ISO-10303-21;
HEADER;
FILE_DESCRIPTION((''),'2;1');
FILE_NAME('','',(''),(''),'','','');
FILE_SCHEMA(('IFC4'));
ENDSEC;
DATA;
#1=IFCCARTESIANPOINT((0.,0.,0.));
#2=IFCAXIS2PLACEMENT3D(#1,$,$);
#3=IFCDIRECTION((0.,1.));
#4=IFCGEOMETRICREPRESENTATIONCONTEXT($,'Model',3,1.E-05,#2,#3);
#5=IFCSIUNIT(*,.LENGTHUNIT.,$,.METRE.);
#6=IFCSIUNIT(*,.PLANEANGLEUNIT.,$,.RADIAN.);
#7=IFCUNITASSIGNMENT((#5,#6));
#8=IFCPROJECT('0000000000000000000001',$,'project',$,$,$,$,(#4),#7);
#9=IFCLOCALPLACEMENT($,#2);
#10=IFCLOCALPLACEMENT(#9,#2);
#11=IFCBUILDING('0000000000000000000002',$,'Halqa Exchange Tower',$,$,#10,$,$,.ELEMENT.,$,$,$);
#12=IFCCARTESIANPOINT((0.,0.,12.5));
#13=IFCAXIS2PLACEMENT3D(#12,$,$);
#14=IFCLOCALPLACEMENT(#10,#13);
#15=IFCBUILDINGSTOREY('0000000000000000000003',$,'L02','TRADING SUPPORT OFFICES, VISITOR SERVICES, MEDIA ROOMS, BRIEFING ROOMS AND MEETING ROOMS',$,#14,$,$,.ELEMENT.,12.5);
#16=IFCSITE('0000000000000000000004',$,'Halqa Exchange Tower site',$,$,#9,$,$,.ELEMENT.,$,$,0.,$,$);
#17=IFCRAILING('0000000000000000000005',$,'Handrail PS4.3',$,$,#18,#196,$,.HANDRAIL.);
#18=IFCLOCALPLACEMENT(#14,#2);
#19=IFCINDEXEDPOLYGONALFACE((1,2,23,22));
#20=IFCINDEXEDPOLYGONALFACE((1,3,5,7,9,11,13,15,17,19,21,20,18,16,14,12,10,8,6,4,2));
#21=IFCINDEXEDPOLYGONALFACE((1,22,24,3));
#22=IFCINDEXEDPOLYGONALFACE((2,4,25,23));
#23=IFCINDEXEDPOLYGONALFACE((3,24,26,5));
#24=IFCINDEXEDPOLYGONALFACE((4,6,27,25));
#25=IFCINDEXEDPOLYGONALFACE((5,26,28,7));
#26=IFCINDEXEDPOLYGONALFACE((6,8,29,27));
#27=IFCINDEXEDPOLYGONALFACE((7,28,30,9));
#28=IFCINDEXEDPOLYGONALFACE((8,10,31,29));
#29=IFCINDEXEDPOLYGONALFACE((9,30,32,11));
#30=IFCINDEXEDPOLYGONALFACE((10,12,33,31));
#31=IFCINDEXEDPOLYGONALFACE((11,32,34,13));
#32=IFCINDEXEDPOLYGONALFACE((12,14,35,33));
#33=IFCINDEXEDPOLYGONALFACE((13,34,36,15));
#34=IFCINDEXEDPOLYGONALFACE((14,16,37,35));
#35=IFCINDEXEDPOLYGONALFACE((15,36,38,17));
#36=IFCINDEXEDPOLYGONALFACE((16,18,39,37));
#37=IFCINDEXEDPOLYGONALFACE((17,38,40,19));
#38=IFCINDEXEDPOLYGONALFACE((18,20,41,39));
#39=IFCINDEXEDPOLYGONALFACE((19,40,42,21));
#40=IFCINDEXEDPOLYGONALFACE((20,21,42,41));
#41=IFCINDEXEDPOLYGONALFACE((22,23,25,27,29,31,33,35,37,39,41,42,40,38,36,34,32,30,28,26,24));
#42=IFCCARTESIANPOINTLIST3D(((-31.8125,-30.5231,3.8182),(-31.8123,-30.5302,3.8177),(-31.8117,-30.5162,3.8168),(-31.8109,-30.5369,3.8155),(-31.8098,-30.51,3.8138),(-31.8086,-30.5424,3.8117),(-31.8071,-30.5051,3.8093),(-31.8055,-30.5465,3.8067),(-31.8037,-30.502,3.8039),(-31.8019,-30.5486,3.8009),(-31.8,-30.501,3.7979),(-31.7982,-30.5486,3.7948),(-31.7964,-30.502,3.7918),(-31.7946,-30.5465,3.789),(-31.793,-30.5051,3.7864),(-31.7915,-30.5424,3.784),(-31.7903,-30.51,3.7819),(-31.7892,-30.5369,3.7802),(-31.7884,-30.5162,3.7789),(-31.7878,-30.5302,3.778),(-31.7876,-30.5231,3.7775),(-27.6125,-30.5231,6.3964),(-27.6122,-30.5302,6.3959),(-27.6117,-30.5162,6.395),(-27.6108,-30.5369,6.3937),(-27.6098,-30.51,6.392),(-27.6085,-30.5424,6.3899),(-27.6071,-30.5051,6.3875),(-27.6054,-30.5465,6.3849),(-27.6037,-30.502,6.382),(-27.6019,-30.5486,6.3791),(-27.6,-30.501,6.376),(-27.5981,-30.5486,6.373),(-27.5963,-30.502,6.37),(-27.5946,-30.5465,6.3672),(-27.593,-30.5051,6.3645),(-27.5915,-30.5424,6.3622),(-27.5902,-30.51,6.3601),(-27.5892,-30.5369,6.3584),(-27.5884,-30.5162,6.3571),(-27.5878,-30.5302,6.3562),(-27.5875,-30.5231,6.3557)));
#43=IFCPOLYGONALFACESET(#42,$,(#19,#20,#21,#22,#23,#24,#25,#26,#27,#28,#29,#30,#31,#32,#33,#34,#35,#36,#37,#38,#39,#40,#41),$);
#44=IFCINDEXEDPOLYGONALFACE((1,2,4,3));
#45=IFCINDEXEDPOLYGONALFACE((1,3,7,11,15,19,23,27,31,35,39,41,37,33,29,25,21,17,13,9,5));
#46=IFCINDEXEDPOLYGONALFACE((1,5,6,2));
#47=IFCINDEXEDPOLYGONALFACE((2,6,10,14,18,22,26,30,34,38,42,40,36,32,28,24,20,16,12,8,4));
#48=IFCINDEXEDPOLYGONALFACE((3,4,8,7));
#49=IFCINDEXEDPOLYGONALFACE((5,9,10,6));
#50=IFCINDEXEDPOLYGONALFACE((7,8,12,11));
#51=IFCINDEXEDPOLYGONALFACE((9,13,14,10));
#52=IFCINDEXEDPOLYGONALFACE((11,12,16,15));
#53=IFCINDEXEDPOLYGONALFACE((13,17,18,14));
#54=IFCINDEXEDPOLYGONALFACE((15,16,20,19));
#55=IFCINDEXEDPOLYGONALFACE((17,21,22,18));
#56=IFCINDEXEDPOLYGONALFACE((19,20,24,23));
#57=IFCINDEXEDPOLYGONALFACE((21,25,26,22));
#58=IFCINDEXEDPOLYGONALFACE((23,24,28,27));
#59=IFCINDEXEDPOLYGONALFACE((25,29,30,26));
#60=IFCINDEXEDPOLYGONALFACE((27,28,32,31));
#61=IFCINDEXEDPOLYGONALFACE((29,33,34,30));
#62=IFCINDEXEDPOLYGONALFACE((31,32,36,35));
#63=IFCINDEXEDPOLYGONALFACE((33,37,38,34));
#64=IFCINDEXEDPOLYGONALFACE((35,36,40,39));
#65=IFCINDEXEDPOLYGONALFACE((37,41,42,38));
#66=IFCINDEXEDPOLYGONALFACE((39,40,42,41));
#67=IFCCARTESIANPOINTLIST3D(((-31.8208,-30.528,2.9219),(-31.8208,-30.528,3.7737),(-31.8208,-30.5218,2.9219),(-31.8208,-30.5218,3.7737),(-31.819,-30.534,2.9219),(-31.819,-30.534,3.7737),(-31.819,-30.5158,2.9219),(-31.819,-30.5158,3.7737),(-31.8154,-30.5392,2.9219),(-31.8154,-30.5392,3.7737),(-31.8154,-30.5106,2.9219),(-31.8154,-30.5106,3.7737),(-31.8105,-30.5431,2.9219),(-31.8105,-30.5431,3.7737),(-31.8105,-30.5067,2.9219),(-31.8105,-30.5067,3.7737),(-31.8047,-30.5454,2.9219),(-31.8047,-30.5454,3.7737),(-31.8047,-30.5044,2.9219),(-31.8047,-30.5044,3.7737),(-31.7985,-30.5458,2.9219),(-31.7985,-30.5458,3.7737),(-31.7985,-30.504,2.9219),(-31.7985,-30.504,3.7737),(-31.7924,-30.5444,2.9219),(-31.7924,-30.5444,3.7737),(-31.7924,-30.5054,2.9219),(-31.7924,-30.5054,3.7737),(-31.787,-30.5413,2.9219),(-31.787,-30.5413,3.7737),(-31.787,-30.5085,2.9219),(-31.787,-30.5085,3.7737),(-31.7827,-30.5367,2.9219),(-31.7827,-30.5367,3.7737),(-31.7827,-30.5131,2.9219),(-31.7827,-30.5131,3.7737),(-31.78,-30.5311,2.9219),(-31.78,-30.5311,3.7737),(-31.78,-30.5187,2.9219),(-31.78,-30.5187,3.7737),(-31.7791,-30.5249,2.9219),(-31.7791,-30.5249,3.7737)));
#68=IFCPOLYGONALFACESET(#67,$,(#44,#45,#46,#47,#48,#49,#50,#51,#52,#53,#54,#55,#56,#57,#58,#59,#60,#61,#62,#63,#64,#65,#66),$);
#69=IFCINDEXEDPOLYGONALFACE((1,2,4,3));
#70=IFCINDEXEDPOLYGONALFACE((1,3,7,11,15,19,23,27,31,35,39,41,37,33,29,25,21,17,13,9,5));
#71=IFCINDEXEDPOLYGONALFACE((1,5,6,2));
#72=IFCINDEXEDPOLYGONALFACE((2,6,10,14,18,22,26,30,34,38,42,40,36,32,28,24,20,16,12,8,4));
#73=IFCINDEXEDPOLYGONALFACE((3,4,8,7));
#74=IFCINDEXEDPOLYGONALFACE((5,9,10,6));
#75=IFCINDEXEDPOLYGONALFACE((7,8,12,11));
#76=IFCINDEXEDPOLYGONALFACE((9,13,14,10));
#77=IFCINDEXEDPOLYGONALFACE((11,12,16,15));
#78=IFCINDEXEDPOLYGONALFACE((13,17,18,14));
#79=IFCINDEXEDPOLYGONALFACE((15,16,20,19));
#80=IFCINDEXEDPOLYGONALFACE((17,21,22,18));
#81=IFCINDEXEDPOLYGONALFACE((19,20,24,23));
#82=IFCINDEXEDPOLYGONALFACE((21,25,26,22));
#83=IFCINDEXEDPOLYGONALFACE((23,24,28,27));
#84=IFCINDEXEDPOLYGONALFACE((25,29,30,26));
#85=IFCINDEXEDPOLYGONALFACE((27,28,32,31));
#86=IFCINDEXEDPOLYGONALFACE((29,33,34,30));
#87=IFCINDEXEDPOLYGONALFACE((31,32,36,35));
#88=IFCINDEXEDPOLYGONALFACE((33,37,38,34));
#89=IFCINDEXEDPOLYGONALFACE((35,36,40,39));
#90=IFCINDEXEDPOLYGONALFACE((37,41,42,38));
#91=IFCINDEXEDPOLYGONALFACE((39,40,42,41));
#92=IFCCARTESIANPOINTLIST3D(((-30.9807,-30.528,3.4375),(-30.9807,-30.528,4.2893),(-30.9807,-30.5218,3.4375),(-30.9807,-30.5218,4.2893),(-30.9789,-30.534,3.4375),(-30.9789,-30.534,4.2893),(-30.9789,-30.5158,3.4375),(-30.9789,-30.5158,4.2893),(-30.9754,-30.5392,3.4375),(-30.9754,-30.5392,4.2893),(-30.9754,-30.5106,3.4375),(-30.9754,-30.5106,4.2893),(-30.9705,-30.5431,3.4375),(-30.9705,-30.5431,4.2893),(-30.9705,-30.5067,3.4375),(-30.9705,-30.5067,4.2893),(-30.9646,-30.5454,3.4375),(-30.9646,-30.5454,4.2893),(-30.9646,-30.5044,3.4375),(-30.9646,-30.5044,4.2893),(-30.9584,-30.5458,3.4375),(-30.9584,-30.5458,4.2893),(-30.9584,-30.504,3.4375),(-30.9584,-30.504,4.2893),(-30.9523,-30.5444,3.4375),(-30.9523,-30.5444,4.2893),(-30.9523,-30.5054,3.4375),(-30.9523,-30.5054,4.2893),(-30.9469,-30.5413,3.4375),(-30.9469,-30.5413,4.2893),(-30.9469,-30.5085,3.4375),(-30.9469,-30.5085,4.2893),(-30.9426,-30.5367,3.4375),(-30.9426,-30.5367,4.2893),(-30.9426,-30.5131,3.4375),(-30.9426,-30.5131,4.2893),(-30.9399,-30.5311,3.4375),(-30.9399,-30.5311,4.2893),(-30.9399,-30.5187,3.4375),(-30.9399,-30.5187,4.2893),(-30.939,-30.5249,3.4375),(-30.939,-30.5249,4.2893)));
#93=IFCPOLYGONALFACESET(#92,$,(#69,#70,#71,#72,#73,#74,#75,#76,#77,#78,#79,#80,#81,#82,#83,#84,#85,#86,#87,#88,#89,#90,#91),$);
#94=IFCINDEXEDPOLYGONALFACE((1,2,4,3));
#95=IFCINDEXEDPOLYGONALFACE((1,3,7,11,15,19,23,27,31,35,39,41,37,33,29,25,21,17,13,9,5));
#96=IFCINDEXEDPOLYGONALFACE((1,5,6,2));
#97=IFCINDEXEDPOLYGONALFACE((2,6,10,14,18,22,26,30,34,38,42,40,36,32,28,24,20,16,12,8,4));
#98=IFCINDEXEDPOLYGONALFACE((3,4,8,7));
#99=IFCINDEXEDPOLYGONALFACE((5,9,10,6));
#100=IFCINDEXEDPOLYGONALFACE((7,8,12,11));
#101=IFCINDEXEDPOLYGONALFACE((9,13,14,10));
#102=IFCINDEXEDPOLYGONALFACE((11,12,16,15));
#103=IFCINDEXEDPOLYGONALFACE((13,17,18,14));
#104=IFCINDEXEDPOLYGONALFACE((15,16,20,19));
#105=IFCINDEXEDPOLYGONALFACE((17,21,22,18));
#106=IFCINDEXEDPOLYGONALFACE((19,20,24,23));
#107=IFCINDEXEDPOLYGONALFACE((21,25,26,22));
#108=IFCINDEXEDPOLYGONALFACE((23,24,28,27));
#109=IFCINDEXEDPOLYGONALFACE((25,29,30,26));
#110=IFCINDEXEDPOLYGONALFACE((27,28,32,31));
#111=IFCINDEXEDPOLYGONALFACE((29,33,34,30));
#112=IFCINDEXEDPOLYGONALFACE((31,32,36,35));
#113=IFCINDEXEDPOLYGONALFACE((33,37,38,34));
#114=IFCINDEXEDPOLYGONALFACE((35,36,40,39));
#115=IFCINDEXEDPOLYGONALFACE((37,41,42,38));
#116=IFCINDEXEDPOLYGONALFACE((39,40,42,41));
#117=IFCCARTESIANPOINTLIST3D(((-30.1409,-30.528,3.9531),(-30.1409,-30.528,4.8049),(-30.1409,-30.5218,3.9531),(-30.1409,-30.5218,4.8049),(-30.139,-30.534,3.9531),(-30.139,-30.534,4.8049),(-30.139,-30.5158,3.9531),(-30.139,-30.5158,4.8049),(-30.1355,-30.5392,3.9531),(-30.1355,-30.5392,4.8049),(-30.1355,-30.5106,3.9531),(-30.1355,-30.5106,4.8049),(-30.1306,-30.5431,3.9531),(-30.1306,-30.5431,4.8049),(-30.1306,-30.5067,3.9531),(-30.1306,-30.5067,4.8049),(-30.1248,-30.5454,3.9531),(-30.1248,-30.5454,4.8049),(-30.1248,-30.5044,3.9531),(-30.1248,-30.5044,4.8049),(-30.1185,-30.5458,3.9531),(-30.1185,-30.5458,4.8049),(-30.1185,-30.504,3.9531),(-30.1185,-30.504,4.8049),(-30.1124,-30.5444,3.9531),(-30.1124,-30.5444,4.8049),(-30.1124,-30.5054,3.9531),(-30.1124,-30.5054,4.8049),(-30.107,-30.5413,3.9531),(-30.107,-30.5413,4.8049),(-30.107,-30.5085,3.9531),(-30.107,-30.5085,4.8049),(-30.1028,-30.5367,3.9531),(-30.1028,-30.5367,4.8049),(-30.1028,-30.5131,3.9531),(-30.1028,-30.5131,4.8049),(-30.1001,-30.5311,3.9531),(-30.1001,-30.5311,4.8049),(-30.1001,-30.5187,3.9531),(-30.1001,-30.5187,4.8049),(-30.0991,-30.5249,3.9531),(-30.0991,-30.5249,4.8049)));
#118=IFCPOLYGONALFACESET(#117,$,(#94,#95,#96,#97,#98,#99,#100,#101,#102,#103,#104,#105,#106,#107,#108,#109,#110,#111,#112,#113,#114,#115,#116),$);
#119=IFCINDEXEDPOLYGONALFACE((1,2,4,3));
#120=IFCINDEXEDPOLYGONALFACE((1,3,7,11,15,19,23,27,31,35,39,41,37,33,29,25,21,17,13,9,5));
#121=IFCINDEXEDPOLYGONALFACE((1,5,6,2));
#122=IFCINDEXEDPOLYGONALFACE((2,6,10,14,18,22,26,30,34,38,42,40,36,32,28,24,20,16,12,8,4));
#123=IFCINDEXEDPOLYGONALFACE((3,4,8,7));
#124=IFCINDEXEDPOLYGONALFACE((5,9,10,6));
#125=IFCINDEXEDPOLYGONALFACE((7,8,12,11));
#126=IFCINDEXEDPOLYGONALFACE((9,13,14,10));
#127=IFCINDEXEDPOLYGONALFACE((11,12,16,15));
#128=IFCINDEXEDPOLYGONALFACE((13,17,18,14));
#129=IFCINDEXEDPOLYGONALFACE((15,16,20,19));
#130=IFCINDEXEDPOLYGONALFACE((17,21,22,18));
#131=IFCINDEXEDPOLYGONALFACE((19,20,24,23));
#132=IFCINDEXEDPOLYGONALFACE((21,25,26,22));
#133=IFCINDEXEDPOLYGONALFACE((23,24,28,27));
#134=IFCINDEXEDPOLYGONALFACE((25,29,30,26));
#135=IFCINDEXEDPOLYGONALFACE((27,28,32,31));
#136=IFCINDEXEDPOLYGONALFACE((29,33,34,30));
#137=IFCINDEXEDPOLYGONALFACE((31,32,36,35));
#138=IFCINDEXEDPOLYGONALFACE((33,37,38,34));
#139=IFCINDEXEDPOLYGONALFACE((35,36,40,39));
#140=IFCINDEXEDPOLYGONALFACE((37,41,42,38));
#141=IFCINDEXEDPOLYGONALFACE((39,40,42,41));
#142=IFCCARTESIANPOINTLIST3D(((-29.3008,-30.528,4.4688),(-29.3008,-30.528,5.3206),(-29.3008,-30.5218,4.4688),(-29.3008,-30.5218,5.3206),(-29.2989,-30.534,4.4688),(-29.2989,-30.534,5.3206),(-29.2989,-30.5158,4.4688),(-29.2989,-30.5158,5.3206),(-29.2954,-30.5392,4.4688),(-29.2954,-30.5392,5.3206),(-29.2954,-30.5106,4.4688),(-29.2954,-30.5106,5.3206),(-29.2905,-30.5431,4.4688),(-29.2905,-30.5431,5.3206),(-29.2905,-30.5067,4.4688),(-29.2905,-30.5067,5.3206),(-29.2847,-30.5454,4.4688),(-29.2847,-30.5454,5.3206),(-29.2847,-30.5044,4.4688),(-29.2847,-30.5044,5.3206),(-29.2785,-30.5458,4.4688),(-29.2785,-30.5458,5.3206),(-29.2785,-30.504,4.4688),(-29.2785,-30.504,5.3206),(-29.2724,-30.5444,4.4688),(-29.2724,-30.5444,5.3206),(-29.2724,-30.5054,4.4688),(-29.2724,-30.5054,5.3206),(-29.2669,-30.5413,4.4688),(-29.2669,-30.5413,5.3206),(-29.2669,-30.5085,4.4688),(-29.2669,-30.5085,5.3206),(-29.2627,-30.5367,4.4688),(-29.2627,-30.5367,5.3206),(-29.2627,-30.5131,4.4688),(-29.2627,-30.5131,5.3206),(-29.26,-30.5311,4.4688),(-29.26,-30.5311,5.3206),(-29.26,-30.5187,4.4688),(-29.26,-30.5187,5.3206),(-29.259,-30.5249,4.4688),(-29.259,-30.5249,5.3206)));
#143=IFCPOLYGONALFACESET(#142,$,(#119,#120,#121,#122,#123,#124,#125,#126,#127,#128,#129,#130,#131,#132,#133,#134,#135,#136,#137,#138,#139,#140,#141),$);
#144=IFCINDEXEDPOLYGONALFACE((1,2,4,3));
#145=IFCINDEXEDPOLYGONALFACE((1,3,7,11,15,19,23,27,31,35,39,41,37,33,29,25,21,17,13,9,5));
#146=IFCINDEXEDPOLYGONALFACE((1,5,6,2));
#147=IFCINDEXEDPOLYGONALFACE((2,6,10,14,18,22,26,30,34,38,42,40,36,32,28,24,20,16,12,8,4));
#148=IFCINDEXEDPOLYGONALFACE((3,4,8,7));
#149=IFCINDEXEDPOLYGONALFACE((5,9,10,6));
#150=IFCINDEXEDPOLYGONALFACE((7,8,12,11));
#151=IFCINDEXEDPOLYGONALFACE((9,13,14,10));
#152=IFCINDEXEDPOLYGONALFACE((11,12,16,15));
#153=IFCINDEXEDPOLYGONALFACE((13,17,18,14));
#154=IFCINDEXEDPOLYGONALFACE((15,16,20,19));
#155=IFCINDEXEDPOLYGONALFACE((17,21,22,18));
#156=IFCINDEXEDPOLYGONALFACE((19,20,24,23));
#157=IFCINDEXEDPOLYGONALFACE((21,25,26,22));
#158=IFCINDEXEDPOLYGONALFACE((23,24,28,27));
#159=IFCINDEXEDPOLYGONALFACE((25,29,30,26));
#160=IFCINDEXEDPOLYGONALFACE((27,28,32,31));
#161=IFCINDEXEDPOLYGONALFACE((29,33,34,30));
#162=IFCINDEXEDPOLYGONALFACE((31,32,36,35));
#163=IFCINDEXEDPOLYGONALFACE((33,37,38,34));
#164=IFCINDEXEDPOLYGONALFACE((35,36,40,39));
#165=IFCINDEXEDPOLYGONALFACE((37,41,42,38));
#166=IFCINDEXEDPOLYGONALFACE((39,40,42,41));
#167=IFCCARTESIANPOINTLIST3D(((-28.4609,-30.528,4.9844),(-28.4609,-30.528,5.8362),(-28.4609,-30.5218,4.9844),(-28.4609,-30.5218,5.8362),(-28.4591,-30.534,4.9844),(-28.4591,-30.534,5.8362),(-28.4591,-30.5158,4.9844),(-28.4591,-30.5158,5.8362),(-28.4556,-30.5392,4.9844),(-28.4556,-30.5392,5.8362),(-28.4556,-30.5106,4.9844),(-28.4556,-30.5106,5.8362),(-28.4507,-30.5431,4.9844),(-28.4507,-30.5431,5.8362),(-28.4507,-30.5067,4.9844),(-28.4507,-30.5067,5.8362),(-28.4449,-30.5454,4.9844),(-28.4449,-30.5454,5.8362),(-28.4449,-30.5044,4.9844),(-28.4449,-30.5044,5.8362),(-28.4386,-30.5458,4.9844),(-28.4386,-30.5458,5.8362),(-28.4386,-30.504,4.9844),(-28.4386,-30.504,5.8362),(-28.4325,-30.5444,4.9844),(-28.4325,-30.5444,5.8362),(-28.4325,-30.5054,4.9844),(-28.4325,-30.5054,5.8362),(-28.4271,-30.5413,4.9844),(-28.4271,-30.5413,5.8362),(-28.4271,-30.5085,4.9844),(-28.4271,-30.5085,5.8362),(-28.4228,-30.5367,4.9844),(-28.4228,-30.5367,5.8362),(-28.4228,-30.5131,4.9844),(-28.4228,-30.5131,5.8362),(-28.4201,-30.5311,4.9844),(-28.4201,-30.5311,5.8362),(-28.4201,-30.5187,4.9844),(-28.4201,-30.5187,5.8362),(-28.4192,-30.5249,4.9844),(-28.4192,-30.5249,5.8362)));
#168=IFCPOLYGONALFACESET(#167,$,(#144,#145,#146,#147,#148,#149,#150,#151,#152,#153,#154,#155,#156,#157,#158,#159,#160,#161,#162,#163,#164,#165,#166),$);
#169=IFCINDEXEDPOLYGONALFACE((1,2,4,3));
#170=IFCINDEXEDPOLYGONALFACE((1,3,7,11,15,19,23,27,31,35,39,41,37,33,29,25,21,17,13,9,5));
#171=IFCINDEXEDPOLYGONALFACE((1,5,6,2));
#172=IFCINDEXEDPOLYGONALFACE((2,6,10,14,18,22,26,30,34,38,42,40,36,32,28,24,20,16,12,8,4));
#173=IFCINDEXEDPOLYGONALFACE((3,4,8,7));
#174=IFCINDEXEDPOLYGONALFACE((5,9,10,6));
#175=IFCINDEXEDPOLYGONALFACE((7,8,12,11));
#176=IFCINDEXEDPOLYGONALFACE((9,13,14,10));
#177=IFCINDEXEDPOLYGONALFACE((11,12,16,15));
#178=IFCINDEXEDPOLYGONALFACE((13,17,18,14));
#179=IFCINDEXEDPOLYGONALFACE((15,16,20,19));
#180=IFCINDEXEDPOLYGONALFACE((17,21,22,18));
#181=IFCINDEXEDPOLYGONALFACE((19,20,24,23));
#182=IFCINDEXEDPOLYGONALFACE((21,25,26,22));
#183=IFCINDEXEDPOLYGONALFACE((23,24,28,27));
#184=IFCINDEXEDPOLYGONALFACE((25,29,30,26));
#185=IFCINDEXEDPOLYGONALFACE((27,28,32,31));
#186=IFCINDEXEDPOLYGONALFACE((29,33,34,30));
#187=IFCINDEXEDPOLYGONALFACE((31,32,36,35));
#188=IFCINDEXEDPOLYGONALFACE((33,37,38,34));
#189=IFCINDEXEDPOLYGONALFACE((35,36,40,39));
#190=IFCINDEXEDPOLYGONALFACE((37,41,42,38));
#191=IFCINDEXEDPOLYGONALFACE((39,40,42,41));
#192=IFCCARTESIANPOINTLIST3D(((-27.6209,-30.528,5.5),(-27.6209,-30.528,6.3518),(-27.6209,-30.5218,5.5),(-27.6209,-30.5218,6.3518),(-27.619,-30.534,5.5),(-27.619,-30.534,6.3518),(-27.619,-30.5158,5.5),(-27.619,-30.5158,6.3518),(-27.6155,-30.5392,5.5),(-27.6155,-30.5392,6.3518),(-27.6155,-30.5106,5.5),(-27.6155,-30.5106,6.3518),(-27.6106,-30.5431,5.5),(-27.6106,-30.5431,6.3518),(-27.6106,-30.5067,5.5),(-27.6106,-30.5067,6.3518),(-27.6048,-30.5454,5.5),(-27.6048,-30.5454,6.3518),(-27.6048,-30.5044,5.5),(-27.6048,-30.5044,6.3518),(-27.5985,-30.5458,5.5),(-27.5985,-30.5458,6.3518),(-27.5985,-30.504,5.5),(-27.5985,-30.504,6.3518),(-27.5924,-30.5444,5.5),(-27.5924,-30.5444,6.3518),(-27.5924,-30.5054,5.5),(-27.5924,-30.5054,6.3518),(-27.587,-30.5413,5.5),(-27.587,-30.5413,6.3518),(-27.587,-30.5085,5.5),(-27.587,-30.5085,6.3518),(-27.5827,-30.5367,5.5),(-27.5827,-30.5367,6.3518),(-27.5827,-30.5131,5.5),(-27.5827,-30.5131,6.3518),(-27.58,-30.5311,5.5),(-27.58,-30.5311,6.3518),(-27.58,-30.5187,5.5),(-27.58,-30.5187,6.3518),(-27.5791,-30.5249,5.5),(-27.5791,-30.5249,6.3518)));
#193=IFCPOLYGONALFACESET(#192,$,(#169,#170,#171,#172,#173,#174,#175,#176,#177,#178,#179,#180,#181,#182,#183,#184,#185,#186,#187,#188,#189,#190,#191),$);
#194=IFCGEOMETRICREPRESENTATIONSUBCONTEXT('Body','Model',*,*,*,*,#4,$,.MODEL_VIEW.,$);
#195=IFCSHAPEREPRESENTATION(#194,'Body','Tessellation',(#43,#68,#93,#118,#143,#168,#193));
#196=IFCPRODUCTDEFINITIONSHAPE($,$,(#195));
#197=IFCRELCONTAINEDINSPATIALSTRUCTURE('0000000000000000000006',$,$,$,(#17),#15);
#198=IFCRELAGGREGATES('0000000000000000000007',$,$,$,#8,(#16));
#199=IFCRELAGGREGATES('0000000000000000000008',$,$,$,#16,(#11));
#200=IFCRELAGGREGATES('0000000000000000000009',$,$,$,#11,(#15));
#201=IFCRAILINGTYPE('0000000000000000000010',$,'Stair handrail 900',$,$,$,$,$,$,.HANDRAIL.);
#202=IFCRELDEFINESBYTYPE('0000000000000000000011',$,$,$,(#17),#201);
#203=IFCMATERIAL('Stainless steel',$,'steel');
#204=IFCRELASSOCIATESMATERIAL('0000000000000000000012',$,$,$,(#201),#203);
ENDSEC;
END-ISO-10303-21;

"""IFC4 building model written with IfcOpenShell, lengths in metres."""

from ifc_helpers import new_model, si_unit, direction, frame, origin, origin_2d, place, context, subcontext, project, spatial, circle, extrude, material, type_object, element, save


model = new_model("IFC4")

# Units and contexts
model_context = context("Model", 3, precision=1e-05, world=origin(), true_north=direction((0.0, 1.0)))
body_context = subcontext(model_context, "Body", "Model", "MODEL_VIEW")
ifc_project = project(units=[si_unit("LENGTHUNIT", "METRE"), si_unit("PLANEANGLEUNIT", "RADIAN")], contexts=[model_context])

# Site, building, storey
site_placement = place(None, origin())
site = spatial("IfcSite", under=ifc_project, at=site_placement, Name="Halqa Exchange Tower site", CompositionType="ELEMENT", RefElevation=0.0)
building_placement = place(site_placement, origin())
building = spatial("IfcBuilding", under=site, at=building_placement, Name="Halqa Exchange Tower", CompositionType="ELEMENT")
storey_placement = place(building_placement, frame((0.0, 0.0, 12.5)))
storey = spatial("IfcBuildingStorey", under=building, at=storey_placement, Name="L02", Description="TRADING SUPPORT OFFICES, VISITOR SERVICES, MEDIA ROOMS, BRIEFING ROOMS AND MEETING ROOMS", CompositionType="ELEMENT", Elevation=12.5)

# Railing
ifc_material_1 = material(Name="Stainless steel", Category="steel")
railing_type = type_object("IfcRailingType", Name="Stair handrail 900", PredefinedType="HANDRAIL", material=ifc_material_1)
railing_placement = place(storey_placement, frame((-31.8, -30.5249, 2.9219)))
element("IfcRailing", 1, at=railing_placement, inside=storey, type_object=railing_type, Name="Handrail PS4.3", PredefinedType="HANDRAIL", context=body_context, shape_type="SweptSolid", body=[
    extrude(circle(Radius=0.0239, at=origin_2d()), frame((0.0, 0.0, 0.876), z_axis=(0.852243, 0.0, 0.523146), x_axis=(0.0, 1.0, 0.0)), (0.0, 0.0, 1.0), 4.9282),
    extrude(circle(Radius=0.021, at=origin_2d()), origin(), (0.0, 0.0, 1.0), 0.8518),
    extrude(circle(Radius=0.021, at=origin_2d()), frame((0.8401, 0.0, 0.5156)), (0.0, 0.0, 1.0), 0.8518),
    extrude(circle(Radius=0.021, at=origin_2d()), frame((1.6799, 0.0, 1.0312)), (0.0, 0.0, 1.0), 0.8518),
    extrude(circle(Radius=0.021, at=origin_2d()), frame((2.52, 0.0, 1.5469)), (0.0, 0.0, 1.0), 0.8518),
    extrude(circle(Radius=0.021, at=origin_2d()), frame((3.3599, 0.0, 2.0625)), (0.0, 0.0, 1.0), 0.8518),
    extrude(circle(Radius=0.021, at=origin_2d()), frame((4.2, 0.0, 2.5781)), (0.0, 0.0, 1.0), 0.8518),
])

save(model, "model.ifc")
